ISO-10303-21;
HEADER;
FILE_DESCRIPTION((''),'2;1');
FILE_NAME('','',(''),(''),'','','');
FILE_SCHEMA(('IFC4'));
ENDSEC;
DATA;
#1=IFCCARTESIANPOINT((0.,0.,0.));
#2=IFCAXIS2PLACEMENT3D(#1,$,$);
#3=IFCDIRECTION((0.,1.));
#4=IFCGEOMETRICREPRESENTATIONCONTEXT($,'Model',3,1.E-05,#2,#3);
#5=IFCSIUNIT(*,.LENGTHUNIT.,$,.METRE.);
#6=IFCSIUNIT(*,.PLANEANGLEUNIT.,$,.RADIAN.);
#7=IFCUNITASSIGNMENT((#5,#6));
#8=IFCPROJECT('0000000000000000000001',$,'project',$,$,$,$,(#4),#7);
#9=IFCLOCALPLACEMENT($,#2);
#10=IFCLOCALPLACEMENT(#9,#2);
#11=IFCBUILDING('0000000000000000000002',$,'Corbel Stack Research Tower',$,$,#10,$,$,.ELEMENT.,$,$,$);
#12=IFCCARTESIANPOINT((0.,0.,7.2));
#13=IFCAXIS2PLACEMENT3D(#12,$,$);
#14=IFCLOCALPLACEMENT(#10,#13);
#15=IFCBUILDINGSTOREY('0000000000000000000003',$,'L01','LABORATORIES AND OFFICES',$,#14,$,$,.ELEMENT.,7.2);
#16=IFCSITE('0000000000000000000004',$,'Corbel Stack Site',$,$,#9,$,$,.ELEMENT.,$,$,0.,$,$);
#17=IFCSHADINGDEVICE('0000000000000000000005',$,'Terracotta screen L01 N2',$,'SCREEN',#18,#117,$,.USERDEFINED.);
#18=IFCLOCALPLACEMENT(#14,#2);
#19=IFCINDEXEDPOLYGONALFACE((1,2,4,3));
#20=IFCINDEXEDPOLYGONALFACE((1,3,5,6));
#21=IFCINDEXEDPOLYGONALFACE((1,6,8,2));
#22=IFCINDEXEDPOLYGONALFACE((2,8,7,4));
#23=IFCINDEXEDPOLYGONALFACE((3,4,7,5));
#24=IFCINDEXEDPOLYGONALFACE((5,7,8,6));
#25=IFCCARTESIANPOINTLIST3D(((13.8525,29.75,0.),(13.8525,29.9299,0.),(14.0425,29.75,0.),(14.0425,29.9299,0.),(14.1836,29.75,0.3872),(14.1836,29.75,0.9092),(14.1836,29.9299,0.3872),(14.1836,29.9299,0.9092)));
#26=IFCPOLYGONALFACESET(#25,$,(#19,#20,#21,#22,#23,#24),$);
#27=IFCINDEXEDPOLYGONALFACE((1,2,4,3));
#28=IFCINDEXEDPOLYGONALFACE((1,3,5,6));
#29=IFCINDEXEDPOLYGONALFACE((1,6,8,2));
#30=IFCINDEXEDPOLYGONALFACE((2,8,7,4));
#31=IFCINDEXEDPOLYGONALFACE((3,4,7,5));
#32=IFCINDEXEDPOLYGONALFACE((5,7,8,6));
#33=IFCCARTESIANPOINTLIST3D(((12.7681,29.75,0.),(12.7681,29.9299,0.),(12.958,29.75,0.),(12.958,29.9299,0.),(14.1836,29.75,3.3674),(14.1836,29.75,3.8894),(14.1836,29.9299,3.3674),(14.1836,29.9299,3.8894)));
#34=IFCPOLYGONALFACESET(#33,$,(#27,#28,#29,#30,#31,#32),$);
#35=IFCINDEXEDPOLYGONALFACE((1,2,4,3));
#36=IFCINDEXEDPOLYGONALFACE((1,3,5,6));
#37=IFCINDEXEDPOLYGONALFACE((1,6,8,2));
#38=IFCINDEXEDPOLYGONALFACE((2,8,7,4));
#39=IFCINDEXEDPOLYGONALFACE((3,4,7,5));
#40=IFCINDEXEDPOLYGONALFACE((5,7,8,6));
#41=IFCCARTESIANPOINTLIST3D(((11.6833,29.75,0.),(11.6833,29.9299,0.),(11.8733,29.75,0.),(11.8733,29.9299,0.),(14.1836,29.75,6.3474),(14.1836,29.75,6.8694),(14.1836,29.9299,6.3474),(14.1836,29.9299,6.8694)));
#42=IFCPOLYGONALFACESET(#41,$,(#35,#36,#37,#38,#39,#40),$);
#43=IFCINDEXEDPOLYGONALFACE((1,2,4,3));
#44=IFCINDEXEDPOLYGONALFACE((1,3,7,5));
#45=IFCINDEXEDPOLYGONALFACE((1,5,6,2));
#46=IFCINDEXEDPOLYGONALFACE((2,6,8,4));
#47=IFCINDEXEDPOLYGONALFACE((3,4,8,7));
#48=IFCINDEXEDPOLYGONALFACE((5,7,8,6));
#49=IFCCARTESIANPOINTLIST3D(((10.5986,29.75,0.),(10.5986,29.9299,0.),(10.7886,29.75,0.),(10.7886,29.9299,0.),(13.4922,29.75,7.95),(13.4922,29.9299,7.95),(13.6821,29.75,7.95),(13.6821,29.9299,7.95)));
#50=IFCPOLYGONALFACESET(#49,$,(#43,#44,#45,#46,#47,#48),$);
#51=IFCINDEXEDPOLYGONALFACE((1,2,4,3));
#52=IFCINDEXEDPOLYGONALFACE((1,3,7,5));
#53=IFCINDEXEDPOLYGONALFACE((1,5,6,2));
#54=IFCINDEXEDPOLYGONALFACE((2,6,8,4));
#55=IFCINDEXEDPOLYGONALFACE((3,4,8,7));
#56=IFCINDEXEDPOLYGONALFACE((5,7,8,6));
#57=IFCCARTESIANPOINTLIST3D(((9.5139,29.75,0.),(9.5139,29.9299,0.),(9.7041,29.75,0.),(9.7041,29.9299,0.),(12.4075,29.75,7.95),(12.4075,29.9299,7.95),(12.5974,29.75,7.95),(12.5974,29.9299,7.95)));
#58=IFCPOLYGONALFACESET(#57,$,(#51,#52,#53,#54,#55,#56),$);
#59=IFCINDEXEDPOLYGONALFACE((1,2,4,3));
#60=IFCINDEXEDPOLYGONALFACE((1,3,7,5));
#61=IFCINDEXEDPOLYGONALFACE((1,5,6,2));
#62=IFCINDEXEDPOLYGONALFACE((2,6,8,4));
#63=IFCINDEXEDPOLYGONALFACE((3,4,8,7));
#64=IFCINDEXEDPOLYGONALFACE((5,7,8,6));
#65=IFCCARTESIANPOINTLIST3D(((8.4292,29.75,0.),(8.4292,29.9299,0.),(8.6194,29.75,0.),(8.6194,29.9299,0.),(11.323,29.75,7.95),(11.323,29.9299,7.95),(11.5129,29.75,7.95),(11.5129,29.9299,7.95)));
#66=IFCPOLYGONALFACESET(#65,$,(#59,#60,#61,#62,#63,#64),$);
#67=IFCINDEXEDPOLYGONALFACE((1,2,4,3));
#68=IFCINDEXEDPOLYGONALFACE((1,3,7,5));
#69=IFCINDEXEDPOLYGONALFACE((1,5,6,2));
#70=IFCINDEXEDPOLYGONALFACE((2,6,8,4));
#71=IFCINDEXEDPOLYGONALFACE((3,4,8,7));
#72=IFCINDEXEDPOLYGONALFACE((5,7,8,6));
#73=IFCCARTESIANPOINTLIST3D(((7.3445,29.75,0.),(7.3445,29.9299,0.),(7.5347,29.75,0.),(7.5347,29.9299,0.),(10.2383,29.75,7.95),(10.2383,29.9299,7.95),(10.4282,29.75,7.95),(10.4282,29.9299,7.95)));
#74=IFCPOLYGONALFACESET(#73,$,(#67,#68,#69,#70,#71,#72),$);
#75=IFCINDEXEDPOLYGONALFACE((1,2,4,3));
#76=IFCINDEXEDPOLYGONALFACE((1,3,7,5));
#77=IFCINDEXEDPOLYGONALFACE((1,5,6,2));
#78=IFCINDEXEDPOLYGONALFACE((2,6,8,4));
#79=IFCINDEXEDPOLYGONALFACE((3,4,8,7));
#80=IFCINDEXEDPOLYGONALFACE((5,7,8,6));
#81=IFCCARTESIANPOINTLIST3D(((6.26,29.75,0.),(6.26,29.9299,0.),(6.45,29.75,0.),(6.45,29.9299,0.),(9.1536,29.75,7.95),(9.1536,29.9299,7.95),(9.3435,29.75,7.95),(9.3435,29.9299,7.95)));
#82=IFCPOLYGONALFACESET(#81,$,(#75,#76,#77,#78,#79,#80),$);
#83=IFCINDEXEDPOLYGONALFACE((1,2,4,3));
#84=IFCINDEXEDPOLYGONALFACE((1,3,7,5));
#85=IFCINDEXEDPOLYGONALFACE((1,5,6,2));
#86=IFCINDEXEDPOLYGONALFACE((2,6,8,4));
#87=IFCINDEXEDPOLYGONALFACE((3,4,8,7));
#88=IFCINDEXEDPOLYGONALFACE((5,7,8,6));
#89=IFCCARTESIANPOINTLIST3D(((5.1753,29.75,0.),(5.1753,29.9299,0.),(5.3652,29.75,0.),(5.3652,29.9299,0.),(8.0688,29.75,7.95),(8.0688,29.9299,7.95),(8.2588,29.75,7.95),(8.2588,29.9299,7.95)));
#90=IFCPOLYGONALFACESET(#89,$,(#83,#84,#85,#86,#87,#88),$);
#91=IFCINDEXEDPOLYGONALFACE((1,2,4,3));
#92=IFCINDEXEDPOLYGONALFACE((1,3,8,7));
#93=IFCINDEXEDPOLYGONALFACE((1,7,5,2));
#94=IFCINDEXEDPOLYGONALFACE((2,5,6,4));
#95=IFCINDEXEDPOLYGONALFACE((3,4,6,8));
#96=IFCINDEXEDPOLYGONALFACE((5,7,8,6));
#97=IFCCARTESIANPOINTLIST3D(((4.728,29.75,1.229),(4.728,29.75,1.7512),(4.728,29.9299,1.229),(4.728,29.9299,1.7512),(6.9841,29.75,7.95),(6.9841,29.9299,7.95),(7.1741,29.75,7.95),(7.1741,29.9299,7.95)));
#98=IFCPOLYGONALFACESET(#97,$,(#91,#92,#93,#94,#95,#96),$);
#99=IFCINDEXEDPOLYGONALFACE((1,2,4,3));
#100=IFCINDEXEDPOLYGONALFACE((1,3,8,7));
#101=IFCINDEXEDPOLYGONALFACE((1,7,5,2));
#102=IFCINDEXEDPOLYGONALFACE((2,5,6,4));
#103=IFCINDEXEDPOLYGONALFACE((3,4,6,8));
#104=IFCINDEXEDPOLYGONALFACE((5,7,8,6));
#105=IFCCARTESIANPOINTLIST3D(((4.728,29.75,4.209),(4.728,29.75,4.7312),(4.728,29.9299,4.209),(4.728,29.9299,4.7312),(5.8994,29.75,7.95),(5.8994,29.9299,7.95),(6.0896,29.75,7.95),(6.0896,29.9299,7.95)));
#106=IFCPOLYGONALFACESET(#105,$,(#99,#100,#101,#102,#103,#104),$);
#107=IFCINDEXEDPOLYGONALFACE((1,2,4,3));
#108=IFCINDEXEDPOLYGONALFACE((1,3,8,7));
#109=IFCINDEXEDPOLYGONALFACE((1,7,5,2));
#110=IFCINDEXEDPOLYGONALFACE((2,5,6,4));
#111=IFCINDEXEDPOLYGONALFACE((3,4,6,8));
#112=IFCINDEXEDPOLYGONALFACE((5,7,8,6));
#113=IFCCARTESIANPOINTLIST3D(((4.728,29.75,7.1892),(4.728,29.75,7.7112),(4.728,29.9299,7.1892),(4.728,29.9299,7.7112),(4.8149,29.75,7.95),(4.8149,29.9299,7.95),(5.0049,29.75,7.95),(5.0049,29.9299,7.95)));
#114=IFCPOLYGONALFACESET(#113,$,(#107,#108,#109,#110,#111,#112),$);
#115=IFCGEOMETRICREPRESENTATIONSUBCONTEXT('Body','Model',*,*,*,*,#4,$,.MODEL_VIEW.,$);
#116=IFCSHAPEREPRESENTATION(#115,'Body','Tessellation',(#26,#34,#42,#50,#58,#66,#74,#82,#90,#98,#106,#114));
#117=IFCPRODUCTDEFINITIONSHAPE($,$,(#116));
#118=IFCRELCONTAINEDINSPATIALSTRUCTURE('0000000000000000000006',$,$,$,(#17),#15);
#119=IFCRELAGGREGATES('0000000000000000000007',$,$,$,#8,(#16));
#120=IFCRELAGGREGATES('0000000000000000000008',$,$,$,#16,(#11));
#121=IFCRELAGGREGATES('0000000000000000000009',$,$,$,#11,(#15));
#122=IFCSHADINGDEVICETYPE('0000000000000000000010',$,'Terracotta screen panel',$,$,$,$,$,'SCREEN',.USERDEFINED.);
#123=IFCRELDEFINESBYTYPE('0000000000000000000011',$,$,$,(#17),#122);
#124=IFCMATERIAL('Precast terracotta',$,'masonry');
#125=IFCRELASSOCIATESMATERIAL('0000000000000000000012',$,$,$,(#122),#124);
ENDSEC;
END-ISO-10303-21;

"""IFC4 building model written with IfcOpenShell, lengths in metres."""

from ifc_helpers import new_model, si_unit, direction, frame, origin, place, context, subcontext, project, spatial, polyline, outline, extrude, source, transform, mapped, material, type_object, element, save


model = new_model("IFC4")

# Units and contexts
model_context = context("Model", 3, precision=1e-05, world=origin(), true_north=direction((0.0, 1.0)))
body_context = subcontext(model_context, "Body", "Model", "MODEL_VIEW")
ifc_project = project(units=[si_unit("LENGTHUNIT", "METRE"), si_unit("PLANEANGLEUNIT", "RADIAN")], contexts=[model_context])

# Site, building, storey
site_placement = place(None, origin())
site = spatial("IfcSite", under=ifc_project, at=site_placement, Name="Corbel Stack Site", CompositionType="ELEMENT", RefElevation=0.0)
building_placement = place(site_placement, origin())
building = spatial("IfcBuilding", under=site, at=building_placement, Name="Corbel Stack Research Tower", CompositionType="ELEMENT")
storey_placement = place(building_placement, frame((0.0, 0.0, 7.2)))
storey = spatial("IfcBuildingStorey", under=building, at=storey_placement, Name="L01", Description="LABORATORIES AND OFFICES", CompositionType="ELEMENT", Elevation=7.2)

# Shading device
ifc_material_1 = material(Name="Precast terracotta", Category="masonry")
shading_device_type = type_object("IfcShadingDeviceType", Name="Terracotta screen panel", ElementType="SCREEN", PredefinedType="USERDEFINED", material=ifc_material_1)
shared_shape_1 = source(origin(), body_context, "Body", "SweptSolid", [
    extrude(outline(polyline([(0.3311, 0.0), (0.0, 0.9092), (0.0, 0.3872), (0.1411, 0.0), (0.3311, 0.0)])), frame((0.0, 0.0, 0.0), z_axis=(0.0, -1.0, 0.0), x_axis=(1.0, 0.0, 0.0)), (0.0, 0.0, 1.0), 0.1799),
    extrude(outline(polyline([(1.4155, 0.0), (0.0, 3.8894), (0.0, 3.3674), (1.2256, 0.0), (1.4155, 0.0)])), frame((0.0, 0.0, 0.0), z_axis=(0.0, -1.0, 0.0), x_axis=(1.0, 0.0, 0.0)), (0.0, 0.0, 1.0), 0.1799),
    extrude(outline(polyline([(2.5002, 0.0), (0.0, 6.8694), (0.0, 6.3474), (2.3103, 0.0), (2.5002, 0.0)])), frame((0.0, 0.0, 0.0), z_axis=(0.0, -1.0, 0.0), x_axis=(1.0, 0.0, 0.0)), (0.0, 0.0, 1.0), 0.1799),
    extrude(outline(polyline([(3.585, 0.0), (0.6914, 7.95), (0.5015, 7.95), (3.395, 0.0), (3.585, 0.0)])), frame((0.0, 0.0, 0.0), z_axis=(0.0, -1.0, 0.0), x_axis=(1.0, 0.0, 0.0)), (0.0, 0.0, 1.0), 0.1799),
    extrude(outline(polyline([(4.6697, 0.0), (1.7761, 7.95), (1.5862, 7.95), (4.4795, 0.0), (4.6697, 0.0)])), frame((0.0, 0.0, 0.0), z_axis=(0.0, -1.0, 0.0), x_axis=(1.0, 0.0, 0.0)), (0.0, 0.0, 1.0), 0.1799),
    extrude(outline(polyline([(5.7544, 0.0), (2.8606, 7.95), (2.6707, 7.95), (5.5642, 0.0), (5.7544, 0.0)])), frame((0.0, 0.0, 0.0), z_axis=(0.0, -1.0, 0.0), x_axis=(1.0, 0.0, 0.0)), (0.0, 0.0, 1.0), 0.1799),
    extrude(outline(polyline([(6.8391, 0.0), (3.9453, 7.95), (3.7554, 7.95), (6.6489, 0.0), (6.8391, 0.0)])), frame((0.0, 0.0, 0.0), z_axis=(0.0, -1.0, 0.0), x_axis=(1.0, 0.0, 0.0)), (0.0, 0.0, 1.0), 0.1799),
    extrude(outline(polyline([(7.9236, 0.0), (5.03, 7.95), (4.8401, 7.95), (7.7336, 0.0), (7.9236, 0.0)])), frame((0.0, 0.0, 0.0), z_axis=(0.0, -1.0, 0.0), x_axis=(1.0, 0.0, 0.0)), (0.0, 0.0, 1.0), 0.1799),
    extrude(outline(polyline([(9.0083, 0.0), (6.1147, 7.95), (5.9248, 7.95), (8.8184, 0.0), (9.0083, 0.0)])), frame((0.0, 0.0, 0.0), z_axis=(0.0, -1.0, 0.0), x_axis=(1.0, 0.0, 0.0)), (0.0, 0.0, 1.0), 0.1799),
    extrude(outline(polyline([(7.1995, 7.95), (7.0095, 7.95), (9.4556, 1.229), (9.4556, 1.7512), (7.1995, 7.95)])), frame((0.0, 0.0, 0.0), z_axis=(0.0, -1.0, 0.0), x_axis=(1.0, 0.0, 0.0)), (0.0, 0.0, 1.0), 0.1799),
    extrude(outline(polyline([(8.2842, 7.95), (8.094, 7.95), (9.4556, 4.209), (9.4556, 4.7312), (8.2842, 7.95)])), frame((0.0, 0.0, 0.0), z_axis=(0.0, -1.0, 0.0), x_axis=(1.0, 0.0, 0.0)), (0.0, 0.0, 1.0), 0.1799),
    extrude(outline(polyline([(9.3687, 7.95), (9.1787, 7.95), (9.4556, 7.1892), (9.4556, 7.7112), (9.3687, 7.95)])), frame((0.0, 0.0, 0.0), z_axis=(0.0, -1.0, 0.0), x_axis=(1.0, 0.0, 0.0)), (0.0, 0.0, 1.0), 0.1799),
])
shading_device_1_placement = place(storey_placement, frame((14.1836, 29.75, 0.0), z_axis=(0.0, 0.0, 1.0), x_axis=(-1.0, 0.0, 0.0)))
element("IfcShadingDevice", 1, at=shading_device_1_placement, inside=storey, type_object=shading_device_type, Name="Terracotta screen L01 N2", ObjectType="SCREEN", PredefinedType="USERDEFINED", context=body_context, shape_type="MappedRepresentation", body=[
    mapped(shared_shape_1, transform((0.0, 0.0, 0.0))),
])

save(model, "model.ifc")
